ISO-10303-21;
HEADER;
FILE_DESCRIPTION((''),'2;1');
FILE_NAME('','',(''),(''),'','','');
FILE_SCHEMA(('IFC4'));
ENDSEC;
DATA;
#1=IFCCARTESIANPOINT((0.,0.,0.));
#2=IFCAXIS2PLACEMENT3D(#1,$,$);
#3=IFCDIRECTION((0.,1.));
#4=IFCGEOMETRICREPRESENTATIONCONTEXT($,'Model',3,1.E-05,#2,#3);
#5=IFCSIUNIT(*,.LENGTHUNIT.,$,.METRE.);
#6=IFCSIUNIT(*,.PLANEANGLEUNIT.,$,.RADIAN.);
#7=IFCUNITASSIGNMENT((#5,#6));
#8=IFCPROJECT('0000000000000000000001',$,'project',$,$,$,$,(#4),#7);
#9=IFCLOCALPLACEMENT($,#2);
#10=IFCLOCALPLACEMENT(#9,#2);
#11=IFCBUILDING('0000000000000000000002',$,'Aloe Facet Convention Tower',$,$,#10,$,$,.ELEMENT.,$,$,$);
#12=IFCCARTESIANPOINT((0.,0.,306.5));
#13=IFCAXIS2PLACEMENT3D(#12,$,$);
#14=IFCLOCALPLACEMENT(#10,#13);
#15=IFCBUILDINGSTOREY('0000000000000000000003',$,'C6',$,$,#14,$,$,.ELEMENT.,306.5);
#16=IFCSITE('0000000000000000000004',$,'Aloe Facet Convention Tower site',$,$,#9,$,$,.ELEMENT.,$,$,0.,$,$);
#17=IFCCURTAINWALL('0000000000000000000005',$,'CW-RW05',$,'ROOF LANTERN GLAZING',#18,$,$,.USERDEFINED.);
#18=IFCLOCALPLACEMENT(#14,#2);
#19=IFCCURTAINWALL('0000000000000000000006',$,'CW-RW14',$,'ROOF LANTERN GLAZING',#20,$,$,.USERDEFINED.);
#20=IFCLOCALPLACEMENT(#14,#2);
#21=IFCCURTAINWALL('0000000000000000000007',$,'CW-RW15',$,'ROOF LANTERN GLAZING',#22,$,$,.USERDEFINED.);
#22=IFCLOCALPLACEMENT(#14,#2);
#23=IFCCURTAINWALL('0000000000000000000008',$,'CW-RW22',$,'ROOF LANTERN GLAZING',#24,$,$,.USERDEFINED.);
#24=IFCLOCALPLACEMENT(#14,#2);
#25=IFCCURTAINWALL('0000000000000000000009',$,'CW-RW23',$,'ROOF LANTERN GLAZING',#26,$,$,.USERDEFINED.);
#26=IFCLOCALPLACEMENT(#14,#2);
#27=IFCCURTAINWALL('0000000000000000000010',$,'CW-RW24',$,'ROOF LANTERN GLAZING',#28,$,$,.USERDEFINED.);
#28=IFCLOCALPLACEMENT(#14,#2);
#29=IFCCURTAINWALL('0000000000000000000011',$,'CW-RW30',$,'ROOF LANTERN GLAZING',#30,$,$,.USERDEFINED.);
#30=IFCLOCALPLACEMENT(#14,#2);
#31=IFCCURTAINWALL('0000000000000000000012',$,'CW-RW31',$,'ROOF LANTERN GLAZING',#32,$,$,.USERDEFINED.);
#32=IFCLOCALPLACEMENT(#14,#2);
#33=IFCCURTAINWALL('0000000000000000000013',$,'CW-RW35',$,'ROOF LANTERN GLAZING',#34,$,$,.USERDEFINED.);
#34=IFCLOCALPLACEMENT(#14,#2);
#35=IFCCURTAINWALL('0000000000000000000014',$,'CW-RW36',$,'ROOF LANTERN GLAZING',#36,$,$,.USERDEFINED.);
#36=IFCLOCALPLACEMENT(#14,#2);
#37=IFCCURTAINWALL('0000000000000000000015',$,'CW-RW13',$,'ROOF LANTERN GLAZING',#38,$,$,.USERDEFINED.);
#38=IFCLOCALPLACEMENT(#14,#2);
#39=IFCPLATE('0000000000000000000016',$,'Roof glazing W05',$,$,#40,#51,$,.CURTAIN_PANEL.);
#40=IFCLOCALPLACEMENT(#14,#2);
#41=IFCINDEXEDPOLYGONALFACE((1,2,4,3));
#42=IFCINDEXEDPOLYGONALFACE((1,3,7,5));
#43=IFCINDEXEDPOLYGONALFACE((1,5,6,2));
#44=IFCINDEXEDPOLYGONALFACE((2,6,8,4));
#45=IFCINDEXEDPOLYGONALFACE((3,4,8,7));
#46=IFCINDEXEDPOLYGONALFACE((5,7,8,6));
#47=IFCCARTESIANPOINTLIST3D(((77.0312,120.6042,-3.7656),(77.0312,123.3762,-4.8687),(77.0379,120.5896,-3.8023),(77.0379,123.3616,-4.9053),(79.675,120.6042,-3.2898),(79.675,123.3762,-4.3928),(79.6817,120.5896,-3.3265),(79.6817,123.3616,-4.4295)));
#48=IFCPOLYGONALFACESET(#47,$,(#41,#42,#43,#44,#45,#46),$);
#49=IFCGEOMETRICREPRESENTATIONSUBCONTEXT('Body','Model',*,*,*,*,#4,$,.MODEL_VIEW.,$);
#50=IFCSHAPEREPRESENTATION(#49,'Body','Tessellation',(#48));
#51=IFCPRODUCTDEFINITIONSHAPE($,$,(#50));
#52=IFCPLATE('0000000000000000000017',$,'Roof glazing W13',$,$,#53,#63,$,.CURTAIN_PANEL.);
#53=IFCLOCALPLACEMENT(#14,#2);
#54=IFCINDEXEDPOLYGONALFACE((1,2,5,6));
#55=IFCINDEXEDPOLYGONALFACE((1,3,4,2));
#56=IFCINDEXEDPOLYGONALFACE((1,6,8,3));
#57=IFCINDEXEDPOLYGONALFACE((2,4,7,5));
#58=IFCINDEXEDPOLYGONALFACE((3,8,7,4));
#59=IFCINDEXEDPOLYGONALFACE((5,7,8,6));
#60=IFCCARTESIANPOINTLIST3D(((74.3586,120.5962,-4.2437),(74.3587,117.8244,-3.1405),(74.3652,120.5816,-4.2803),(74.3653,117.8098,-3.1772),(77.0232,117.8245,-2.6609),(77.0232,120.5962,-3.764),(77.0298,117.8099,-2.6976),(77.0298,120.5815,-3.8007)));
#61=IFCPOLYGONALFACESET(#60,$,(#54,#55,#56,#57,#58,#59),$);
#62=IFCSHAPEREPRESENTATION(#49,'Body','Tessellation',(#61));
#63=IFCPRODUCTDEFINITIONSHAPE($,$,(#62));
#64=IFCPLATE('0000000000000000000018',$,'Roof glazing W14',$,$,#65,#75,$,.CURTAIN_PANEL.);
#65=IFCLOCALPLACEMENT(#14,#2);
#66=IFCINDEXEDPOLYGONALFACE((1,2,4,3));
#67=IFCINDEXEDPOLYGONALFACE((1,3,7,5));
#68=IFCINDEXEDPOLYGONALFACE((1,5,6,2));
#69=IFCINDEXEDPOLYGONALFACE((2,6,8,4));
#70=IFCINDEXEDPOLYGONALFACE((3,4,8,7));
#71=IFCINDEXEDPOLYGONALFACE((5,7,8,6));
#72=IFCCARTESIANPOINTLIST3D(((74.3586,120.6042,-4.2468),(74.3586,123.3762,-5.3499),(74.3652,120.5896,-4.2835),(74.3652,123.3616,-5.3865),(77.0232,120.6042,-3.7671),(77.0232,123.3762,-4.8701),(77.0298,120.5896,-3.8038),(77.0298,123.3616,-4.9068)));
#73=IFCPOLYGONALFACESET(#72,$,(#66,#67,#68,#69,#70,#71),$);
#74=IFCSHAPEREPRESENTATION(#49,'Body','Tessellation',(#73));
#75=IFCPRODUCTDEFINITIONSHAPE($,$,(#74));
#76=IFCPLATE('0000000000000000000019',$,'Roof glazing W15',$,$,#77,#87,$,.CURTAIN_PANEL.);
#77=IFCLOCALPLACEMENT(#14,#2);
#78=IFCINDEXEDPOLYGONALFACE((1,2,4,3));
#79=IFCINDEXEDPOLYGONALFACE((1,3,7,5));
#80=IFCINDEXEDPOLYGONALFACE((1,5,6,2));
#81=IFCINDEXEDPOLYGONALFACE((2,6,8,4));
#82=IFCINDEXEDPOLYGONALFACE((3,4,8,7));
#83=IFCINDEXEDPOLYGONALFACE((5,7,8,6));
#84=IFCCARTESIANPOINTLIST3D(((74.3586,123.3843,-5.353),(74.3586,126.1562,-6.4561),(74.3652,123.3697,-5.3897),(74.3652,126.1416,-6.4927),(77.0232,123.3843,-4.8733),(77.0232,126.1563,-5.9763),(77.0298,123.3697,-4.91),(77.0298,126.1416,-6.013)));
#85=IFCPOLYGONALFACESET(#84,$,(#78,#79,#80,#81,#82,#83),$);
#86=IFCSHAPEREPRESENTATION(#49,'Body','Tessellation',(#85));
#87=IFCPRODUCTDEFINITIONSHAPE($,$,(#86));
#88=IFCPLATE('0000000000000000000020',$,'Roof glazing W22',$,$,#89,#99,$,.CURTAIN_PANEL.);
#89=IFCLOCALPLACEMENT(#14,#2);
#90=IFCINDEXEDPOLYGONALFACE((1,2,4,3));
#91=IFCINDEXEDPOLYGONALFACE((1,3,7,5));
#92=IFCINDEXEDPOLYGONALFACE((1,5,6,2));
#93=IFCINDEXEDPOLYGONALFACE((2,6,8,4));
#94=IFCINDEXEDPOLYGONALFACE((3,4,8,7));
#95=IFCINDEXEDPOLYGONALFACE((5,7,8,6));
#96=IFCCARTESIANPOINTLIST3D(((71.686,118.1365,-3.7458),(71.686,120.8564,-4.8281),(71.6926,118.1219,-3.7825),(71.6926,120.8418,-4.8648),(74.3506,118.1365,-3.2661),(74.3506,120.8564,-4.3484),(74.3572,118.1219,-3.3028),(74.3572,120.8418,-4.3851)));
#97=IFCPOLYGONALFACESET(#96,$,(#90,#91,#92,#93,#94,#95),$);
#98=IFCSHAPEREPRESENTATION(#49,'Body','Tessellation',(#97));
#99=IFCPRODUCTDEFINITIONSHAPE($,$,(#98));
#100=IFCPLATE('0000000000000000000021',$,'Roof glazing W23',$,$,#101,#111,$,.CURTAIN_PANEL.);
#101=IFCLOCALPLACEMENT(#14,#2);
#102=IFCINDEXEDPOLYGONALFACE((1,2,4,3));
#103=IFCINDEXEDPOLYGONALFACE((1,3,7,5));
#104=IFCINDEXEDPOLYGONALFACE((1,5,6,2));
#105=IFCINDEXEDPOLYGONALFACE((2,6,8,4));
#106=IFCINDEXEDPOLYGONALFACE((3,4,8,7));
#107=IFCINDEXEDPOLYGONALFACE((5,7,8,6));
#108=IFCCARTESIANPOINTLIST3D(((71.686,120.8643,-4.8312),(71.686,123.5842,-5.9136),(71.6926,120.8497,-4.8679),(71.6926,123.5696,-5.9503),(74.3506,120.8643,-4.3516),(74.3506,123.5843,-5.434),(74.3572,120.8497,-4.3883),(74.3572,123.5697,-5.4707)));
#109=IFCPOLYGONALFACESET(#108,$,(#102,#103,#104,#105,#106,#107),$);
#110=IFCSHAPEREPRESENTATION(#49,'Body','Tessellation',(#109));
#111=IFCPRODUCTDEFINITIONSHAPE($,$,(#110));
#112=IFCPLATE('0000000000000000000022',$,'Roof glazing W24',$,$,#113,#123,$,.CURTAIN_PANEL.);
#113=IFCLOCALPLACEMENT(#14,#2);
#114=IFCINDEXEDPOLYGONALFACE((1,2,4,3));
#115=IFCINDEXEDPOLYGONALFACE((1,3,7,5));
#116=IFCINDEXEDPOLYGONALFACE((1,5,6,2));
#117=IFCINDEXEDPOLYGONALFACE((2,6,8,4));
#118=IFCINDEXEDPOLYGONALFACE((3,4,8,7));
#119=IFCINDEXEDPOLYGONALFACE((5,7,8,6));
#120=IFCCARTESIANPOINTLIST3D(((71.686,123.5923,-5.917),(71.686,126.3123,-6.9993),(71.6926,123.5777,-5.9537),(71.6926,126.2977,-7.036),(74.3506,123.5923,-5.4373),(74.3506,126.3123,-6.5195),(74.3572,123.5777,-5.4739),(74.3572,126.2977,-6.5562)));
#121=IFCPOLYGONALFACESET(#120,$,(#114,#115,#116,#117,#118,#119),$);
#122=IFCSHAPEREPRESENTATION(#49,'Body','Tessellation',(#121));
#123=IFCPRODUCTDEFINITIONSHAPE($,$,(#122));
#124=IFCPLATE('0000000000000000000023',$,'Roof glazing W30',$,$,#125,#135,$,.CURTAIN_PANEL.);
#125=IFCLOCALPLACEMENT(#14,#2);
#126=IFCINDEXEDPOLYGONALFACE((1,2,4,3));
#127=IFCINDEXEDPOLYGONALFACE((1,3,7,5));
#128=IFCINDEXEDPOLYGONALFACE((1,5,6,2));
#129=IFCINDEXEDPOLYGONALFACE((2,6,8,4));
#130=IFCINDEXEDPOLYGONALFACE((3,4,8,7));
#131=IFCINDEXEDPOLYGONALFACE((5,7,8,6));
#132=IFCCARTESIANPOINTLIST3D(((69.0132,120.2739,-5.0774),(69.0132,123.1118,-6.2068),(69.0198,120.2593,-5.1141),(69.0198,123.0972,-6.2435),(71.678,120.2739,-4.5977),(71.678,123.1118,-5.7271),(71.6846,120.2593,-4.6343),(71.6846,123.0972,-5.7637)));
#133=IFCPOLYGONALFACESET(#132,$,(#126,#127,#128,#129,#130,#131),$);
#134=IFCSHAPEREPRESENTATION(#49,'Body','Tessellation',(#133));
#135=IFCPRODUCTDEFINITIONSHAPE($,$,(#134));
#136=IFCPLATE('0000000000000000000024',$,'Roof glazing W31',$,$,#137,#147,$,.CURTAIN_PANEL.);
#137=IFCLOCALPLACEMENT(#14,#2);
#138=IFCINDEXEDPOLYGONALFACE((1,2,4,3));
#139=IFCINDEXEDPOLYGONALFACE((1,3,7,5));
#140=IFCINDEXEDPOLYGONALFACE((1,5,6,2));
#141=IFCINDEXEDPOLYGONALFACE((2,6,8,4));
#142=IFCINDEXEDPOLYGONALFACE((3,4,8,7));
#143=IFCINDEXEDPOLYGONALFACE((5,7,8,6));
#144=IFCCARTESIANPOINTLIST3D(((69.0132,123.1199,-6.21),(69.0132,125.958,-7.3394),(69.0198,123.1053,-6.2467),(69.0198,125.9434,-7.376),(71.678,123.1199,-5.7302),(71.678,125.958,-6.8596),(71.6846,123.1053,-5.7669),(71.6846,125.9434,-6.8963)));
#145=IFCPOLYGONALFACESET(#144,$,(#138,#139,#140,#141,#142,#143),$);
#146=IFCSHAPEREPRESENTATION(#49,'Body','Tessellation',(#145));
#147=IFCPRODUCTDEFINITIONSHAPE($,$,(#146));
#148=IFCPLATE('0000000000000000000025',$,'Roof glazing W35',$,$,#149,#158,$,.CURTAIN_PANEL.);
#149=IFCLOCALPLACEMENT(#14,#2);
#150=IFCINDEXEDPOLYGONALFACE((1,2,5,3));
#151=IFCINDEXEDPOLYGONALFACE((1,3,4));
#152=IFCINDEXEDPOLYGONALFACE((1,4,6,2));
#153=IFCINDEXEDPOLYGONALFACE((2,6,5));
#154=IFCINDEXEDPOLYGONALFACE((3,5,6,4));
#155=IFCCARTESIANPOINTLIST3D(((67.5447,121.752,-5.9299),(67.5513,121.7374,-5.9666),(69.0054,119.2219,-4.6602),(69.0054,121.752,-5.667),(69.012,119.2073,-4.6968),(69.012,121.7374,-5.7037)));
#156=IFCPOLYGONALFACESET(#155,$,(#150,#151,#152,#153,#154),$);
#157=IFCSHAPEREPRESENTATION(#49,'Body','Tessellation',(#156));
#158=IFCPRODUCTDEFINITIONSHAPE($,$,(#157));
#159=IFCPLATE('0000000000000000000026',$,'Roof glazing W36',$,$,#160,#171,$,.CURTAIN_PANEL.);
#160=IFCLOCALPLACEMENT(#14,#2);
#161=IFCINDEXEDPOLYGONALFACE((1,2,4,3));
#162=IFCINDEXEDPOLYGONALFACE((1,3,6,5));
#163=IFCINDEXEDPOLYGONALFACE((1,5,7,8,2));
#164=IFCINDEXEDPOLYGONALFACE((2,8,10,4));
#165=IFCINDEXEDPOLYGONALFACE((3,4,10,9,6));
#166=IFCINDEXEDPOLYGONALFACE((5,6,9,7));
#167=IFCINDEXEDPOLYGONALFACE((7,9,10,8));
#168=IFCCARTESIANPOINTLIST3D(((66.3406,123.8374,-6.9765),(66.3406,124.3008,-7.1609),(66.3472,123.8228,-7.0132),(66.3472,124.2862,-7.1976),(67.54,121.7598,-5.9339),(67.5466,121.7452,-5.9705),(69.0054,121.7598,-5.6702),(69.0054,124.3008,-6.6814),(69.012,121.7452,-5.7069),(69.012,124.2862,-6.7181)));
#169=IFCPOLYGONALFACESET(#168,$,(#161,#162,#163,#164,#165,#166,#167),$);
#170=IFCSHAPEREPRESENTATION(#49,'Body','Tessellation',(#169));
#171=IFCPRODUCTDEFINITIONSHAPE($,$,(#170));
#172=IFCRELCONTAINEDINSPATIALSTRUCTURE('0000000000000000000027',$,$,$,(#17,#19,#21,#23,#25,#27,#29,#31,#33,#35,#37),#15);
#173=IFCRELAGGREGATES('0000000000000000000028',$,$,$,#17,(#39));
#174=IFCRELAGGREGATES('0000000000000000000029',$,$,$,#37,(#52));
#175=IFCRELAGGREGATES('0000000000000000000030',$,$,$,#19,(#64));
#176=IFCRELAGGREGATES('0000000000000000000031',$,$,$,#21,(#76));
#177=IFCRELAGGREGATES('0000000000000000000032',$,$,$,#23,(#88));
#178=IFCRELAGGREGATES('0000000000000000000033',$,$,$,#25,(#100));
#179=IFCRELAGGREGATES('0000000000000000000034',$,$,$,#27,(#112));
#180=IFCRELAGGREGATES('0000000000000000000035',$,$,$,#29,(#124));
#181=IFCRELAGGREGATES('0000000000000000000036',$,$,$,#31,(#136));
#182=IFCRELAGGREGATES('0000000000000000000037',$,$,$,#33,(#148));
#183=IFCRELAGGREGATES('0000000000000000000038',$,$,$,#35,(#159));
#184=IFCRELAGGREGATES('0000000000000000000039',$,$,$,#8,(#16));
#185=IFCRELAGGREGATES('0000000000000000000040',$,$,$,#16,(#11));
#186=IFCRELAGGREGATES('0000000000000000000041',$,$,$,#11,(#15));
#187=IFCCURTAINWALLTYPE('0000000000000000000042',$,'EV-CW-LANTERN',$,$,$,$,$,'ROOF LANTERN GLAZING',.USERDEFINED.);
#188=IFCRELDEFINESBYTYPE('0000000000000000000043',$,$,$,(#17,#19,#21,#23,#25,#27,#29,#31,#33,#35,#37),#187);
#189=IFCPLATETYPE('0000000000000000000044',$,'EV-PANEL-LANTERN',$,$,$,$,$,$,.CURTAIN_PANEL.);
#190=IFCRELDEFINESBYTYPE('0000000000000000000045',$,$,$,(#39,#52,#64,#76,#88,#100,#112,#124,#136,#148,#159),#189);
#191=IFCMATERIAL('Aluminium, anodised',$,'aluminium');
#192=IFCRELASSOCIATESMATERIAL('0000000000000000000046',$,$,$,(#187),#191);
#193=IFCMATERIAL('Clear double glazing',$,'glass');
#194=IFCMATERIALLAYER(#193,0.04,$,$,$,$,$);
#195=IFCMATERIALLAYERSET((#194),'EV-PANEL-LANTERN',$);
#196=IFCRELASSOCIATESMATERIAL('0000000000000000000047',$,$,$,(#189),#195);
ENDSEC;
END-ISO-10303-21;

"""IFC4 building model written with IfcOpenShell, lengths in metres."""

from ifc_helpers import new_model, si_unit, direction, frame, origin, place, context, subcontext, project, spatial, polyline, outline, extrude, material, layer, layer_set, type_object, element, aggregate, save


model = new_model("IFC4")

# Units and contexts
model_context = context("Model", 3, precision=1e-05, world=origin(), true_north=direction((0.0, 1.0)))
body_context = subcontext(model_context, "Body", "Model", "MODEL_VIEW")
ifc_project = project(units=[si_unit("LENGTHUNIT", "METRE"), si_unit("PLANEANGLEUNIT", "RADIAN")], contexts=[model_context])

# Site, building, storey
site_placement = place(None, origin())
site = spatial("IfcSite", under=ifc_project, at=site_placement, Name="Aloe Facet Convention Tower site", CompositionType="ELEMENT", RefElevation=0.0)
building_placement = place(site_placement, origin())
building = spatial("IfcBuilding", under=site, at=building_placement, Name="Aloe Facet Convention Tower", CompositionType="ELEMENT")
storey_placement = place(building_placement, frame((0.0, 0.0, 306.5)))
storey = spatial("IfcBuildingStorey", under=building, at=storey_placement, Name="C6", CompositionType="ELEMENT", Elevation=306.5)

# Shared definitions
ifc_material_1 = material(Name="Aluminium, anodised", Category="aluminium")
curtain_wall_type = type_object("IfcCurtainWallType", Name="EV-CW-LANTERN", ElementType="ROOF LANTERN GLAZING", PredefinedType="USERDEFINED", material=ifc_material_1)

# Curtain wall
curtain_wall_1_placement = place(storey_placement, origin())
curtain_wall_1 = element("IfcCurtainWall", 1, at=curtain_wall_1_placement, inside=storey, type_object=curtain_wall_type, Name="CW-RW05", ObjectType="ROOF LANTERN GLAZING", PredefinedType="USERDEFINED")

# Curtain walls
curtain_wall_2_placement = place(storey_placement, origin())
curtain_wall_2 = element("IfcCurtainWall", 2, at=curtain_wall_2_placement, inside=storey, type_object=curtain_wall_type, Name="CW-RW14", ObjectType="ROOF LANTERN GLAZING", PredefinedType="USERDEFINED")
curtain_wall_3_placement = place(storey_placement, origin())
curtain_wall_3 = element("IfcCurtainWall", 3, at=curtain_wall_3_placement, inside=storey, type_object=curtain_wall_type, Name="CW-RW15", ObjectType="ROOF LANTERN GLAZING", PredefinedType="USERDEFINED")
curtain_wall_4_placement = place(storey_placement, origin())
curtain_wall_4 = element("IfcCurtainWall", 4, at=curtain_wall_4_placement, inside=storey, type_object=curtain_wall_type, Name="CW-RW22", ObjectType="ROOF LANTERN GLAZING", PredefinedType="USERDEFINED")
curtain_wall_5_placement = place(storey_placement, origin())
curtain_wall_5 = element("IfcCurtainWall", 5, at=curtain_wall_5_placement, inside=storey, type_object=curtain_wall_type, Name="CW-RW23", ObjectType="ROOF LANTERN GLAZING", PredefinedType="USERDEFINED")
curtain_wall_6_placement = place(storey_placement, origin())
curtain_wall_6 = element("IfcCurtainWall", 6, at=curtain_wall_6_placement, inside=storey, type_object=curtain_wall_type, Name="CW-RW24", ObjectType="ROOF LANTERN GLAZING", PredefinedType="USERDEFINED")
curtain_wall_7_placement = place(storey_placement, origin())
curtain_wall_7 = element("IfcCurtainWall", 7, at=curtain_wall_7_placement, inside=storey, type_object=curtain_wall_type, Name="CW-RW30", ObjectType="ROOF LANTERN GLAZING", PredefinedType="USERDEFINED")
curtain_wall_8_placement = place(storey_placement, origin())
curtain_wall_8 = element("IfcCurtainWall", 8, at=curtain_wall_8_placement, inside=storey, type_object=curtain_wall_type, Name="CW-RW31", ObjectType="ROOF LANTERN GLAZING", PredefinedType="USERDEFINED")
curtain_wall_9_placement = place(storey_placement, origin())
curtain_wall_9 = element("IfcCurtainWall", 9, at=curtain_wall_9_placement, inside=storey, type_object=curtain_wall_type, Name="CW-RW35", ObjectType="ROOF LANTERN GLAZING", PredefinedType="USERDEFINED")

# Curtain wall
curtain_wall_10_placement = place(storey_placement, origin())
curtain_wall_10 = element("IfcCurtainWall", 10, at=curtain_wall_10_placement, inside=storey, type_object=curtain_wall_type, Name="CW-RW36", ObjectType="ROOF LANTERN GLAZING", PredefinedType="USERDEFINED")

# Curtain wall
curtain_wall_11_placement = place(storey_placement, origin())
curtain_wall_11 = element("IfcCurtainWall", 11, at=curtain_wall_11_placement, inside=storey, type_object=curtain_wall_type, Name="CW-RW13", ObjectType="ROOF LANTERN GLAZING", PredefinedType="USERDEFINED")

# Plates
ifc_material_2 = material(Name="Clear double glazing", Category="glass")
ifc_layer = layer(ifc_material_2, 0.04)
ifc_layer_set = layer_set([ifc_layer], Name="EV-PANEL-LANTERN")
plate_type = type_object("IfcPlateType", Name="EV-PANEL-LANTERN", PredefinedType="CURTAIN_PANEL", material=ifc_layer_set)
plate_1_placement = place(storey_placement, frame((77.0312, 123.3762, -4.8687), z_axis=(-0.164936, 0.364662, 0.916416), x_axis=(0.984187, 0.0, 0.177134)))
plate_1 = element("IfcPlate", 12, at=plate_1_placement, type_object=plate_type, Name="Roof glazing W05", PredefinedType="CURTAIN_PANEL", context=body_context, shape_type="SweptSolid", body=[
    extrude(outline(polyline([(0.0, 0.0), (2.6863, 0.0), (2.8817, -2.977), (0.1954, -2.977), (0.0, 0.0)])), origin(), (0.0, 0.0, -1.0), 0.04),
])
aggregate(curtain_wall_1, [plate_1])
plate_2_placement = place(storey_placement, frame((77.0232, 117.8245, -2.6609), z_axis=(-0.164948, 0.364723, 0.916389), x_axis=(-0.984185, -0.000015, -0.177145)))
plate_2 = element("IfcPlate", 13, at=plate_2_placement, type_object=plate_type, Name="Roof glazing W13", PredefinedType="CURTAIN_PANEL", context=body_context, shape_type="SweptSolid", body=[
    extrude(outline(polyline([(0.0, 0.0), (2.7073, 0.0), (2.9027, -2.9768), (0.1954, -2.9767), (0.0, 0.0)])), origin(), (0.0, 0.0, -1.0), 0.04),
])
aggregate(curtain_wall_11, [plate_2])
plate_3_placement = place(storey_placement, frame((77.0232, 120.6042, -3.7671), z_axis=(-0.164994, 0.364658, 0.916407), x_axis=(-0.984176, 0.0, -0.177195)))
plate_3 = element("IfcPlate", 14, at=plate_3_placement, type_object=plate_type, Name="Roof glazing W14", PredefinedType="CURTAIN_PANEL", context=body_context, shape_type="SweptSolid", body=[
    extrude(outline(polyline([(0.0, 0.0), (2.7074, 0.0), (2.9028, -2.977), (0.1955, -2.977), (0.0, 0.0)])), origin(), (0.0, 0.0, -1.0), 0.04),
])
aggregate(curtain_wall_2, [plate_3])
plate_4_placement = place(storey_placement, frame((77.0232, 123.3843, -4.8733), z_axis=(-0.164994, 0.364658, 0.916407), x_axis=(-0.984176, 0.0, -0.177195)))
plate_4 = element("IfcPlate", 15, at=plate_4_placement, type_object=plate_type, Name="Roof glazing W15", PredefinedType="CURTAIN_PANEL", context=body_context, shape_type="SweptSolid", body=[
    extrude(outline(polyline([(0.0, 0.0), (2.7074, 0.0), (2.9028, -2.977), (0.1955, -2.977), (0.0, 0.0)])), origin(), (0.0, 0.0, -1.0), 0.04),
])
aggregate(curtain_wall_3, [plate_4])
plate_5_placement = place(storey_placement, frame((74.3506, 118.1365, -3.2661), z_axis=(-0.164995, 0.364641, 0.916414), x_axis=(-0.984176, 0.0, -0.177195)))
plate_5 = element("IfcPlate", 16, at=plate_5_placement, type_object=plate_type, Name="Roof glazing W22", PredefinedType="CURTAIN_PANEL", context=body_context, shape_type="SweptSolid", body=[
    extrude(outline(polyline([(0.0, 0.0), (2.7074, 0.0), (2.8992, -2.9211), (0.1918, -2.9211), (0.0, 0.0)])), origin(), (0.0, 0.0, -1.0), 0.04),
])
aggregate(curtain_wall_4, [plate_5])
plate_6_placement = place(storey_placement, frame((74.3506, 120.8643, -4.3516), z_axis=(-0.164951, 0.364679, 0.916406), x_axis=(-0.984183, 0.000015, -0.177157)))
plate_6 = element("IfcPlate", 17, at=plate_6_placement, type_object=plate_type, Name="Roof glazing W23", PredefinedType="CURTAIN_PANEL", context=body_context, shape_type="SweptSolid", body=[
    extrude(outline(polyline([(0.0, 0.0), (2.7074, 0.0), (2.8992, -2.9211), (0.1918, -2.9212), (0.0, 0.0)])), origin(), (0.0, 0.0, -1.0), 0.04),
])
aggregate(curtain_wall_5, [plate_6])
plate_7_placement = place(storey_placement, frame((74.3506, 123.5923, -5.4373), z_axis=(-0.164995, 0.364641, 0.916414), x_axis=(-0.984176, 0.0, -0.177195)))
plate_7 = element("IfcPlate", 18, at=plate_7_placement, type_object=plate_type, Name="Roof glazing W24", PredefinedType="CURTAIN_PANEL", context=body_context, shape_type="SweptSolid", body=[
    extrude(outline(polyline([(0.0, 0.0), (2.7074, 0.0), (2.8992, -2.9211), (0.1918, -2.9211), (0.0, 0.0)])), origin(), (0.0, 0.0, -1.0), 0.04),
])
aggregate(curtain_wall_6, [plate_7])
plate_8_placement = place(storey_placement, frame((71.678, 120.2739, -4.5977), z_axis=(-0.164976, 0.364697, 0.916394), x_axis=(-0.984179, 0.0, -0.177179)))
plate_8 = element("IfcPlate", 19, at=plate_8_placement, type_object=plate_type, Name="Roof glazing W30", PredefinedType="CURTAIN_PANEL", context=body_context, shape_type="SweptSolid", body=[
    extrude(outline(polyline([(0.0, 0.0), (2.7076, 0.0), (2.9077, -3.0478), (0.2001, -3.0478), (0.0, 0.0)])), origin(), (0.0, 0.0, -1.0), 0.04),
])
aggregate(curtain_wall_7, [plate_8])
plate_9_placement = place(storey_placement, frame((71.678, 123.1199, -5.7302), z_axis=(-0.164978, 0.36467, 0.916405), x_axis=(-0.984179, 0.0, -0.177179)))
plate_9 = element("IfcPlate", 20, at=plate_9_placement, type_object=plate_type, Name="Roof glazing W31", PredefinedType="CURTAIN_PANEL", context=body_context, shape_type="SweptSolid", body=[
    extrude(outline(polyline([(0.0, 0.0), (2.7076, 0.0), (2.9077, -3.048), (0.2001, -3.048), (0.0, 0.0)])), origin(), (0.0, 0.0, -1.0), 0.04),
])
aggregate(curtain_wall_8, [plate_9])
plate_10_placement = place(storey_placement, frame((69.0054, 121.752, -5.667), z_axis=(-0.164961, 0.364686, 0.916402), x_axis=(0.0, -0.929131, 0.369752)))
plate_10 = element("IfcPlate", 21, at=plate_10_placement, type_object=plate_type, Name="Roof glazing W35", PredefinedType="CURTAIN_PANEL", context=body_context, shape_type="SweptSolid", body=[
    extrude(outline(polyline([(0.0, 0.0), (2.723, 0.0), (-0.0972, -1.481), (0.0, 0.0)])), origin(), (0.0, 0.0, -1.0), 0.04),
])
aggregate(curtain_wall_9, [plate_10])
plate_11_placement = place(storey_placement, frame((69.0054, 121.7598, -5.6702), z_axis=(-0.164913, 0.364688, 0.91641), x_axis=(-0.984191, -0.000005, -0.177109)))
plate_11 = element("IfcPlate", 22, at=plate_11_placement, type_object=plate_type, Name="Roof glazing W36", PredefinedType="CURTAIN_PANEL", context=body_context, shape_type="SweptSolid", body=[
    extrude(outline(polyline([(0.0, 0.0), (1.4889, 0.0), (2.854, -2.2313), (2.8867, -2.729), (0.1791, -2.729), (0.0, 0.0)])), origin(), (0.0, 0.0, -1.0), 0.04),
])
aggregate(curtain_wall_10, [plate_11])

save(model, "model.ifc")
